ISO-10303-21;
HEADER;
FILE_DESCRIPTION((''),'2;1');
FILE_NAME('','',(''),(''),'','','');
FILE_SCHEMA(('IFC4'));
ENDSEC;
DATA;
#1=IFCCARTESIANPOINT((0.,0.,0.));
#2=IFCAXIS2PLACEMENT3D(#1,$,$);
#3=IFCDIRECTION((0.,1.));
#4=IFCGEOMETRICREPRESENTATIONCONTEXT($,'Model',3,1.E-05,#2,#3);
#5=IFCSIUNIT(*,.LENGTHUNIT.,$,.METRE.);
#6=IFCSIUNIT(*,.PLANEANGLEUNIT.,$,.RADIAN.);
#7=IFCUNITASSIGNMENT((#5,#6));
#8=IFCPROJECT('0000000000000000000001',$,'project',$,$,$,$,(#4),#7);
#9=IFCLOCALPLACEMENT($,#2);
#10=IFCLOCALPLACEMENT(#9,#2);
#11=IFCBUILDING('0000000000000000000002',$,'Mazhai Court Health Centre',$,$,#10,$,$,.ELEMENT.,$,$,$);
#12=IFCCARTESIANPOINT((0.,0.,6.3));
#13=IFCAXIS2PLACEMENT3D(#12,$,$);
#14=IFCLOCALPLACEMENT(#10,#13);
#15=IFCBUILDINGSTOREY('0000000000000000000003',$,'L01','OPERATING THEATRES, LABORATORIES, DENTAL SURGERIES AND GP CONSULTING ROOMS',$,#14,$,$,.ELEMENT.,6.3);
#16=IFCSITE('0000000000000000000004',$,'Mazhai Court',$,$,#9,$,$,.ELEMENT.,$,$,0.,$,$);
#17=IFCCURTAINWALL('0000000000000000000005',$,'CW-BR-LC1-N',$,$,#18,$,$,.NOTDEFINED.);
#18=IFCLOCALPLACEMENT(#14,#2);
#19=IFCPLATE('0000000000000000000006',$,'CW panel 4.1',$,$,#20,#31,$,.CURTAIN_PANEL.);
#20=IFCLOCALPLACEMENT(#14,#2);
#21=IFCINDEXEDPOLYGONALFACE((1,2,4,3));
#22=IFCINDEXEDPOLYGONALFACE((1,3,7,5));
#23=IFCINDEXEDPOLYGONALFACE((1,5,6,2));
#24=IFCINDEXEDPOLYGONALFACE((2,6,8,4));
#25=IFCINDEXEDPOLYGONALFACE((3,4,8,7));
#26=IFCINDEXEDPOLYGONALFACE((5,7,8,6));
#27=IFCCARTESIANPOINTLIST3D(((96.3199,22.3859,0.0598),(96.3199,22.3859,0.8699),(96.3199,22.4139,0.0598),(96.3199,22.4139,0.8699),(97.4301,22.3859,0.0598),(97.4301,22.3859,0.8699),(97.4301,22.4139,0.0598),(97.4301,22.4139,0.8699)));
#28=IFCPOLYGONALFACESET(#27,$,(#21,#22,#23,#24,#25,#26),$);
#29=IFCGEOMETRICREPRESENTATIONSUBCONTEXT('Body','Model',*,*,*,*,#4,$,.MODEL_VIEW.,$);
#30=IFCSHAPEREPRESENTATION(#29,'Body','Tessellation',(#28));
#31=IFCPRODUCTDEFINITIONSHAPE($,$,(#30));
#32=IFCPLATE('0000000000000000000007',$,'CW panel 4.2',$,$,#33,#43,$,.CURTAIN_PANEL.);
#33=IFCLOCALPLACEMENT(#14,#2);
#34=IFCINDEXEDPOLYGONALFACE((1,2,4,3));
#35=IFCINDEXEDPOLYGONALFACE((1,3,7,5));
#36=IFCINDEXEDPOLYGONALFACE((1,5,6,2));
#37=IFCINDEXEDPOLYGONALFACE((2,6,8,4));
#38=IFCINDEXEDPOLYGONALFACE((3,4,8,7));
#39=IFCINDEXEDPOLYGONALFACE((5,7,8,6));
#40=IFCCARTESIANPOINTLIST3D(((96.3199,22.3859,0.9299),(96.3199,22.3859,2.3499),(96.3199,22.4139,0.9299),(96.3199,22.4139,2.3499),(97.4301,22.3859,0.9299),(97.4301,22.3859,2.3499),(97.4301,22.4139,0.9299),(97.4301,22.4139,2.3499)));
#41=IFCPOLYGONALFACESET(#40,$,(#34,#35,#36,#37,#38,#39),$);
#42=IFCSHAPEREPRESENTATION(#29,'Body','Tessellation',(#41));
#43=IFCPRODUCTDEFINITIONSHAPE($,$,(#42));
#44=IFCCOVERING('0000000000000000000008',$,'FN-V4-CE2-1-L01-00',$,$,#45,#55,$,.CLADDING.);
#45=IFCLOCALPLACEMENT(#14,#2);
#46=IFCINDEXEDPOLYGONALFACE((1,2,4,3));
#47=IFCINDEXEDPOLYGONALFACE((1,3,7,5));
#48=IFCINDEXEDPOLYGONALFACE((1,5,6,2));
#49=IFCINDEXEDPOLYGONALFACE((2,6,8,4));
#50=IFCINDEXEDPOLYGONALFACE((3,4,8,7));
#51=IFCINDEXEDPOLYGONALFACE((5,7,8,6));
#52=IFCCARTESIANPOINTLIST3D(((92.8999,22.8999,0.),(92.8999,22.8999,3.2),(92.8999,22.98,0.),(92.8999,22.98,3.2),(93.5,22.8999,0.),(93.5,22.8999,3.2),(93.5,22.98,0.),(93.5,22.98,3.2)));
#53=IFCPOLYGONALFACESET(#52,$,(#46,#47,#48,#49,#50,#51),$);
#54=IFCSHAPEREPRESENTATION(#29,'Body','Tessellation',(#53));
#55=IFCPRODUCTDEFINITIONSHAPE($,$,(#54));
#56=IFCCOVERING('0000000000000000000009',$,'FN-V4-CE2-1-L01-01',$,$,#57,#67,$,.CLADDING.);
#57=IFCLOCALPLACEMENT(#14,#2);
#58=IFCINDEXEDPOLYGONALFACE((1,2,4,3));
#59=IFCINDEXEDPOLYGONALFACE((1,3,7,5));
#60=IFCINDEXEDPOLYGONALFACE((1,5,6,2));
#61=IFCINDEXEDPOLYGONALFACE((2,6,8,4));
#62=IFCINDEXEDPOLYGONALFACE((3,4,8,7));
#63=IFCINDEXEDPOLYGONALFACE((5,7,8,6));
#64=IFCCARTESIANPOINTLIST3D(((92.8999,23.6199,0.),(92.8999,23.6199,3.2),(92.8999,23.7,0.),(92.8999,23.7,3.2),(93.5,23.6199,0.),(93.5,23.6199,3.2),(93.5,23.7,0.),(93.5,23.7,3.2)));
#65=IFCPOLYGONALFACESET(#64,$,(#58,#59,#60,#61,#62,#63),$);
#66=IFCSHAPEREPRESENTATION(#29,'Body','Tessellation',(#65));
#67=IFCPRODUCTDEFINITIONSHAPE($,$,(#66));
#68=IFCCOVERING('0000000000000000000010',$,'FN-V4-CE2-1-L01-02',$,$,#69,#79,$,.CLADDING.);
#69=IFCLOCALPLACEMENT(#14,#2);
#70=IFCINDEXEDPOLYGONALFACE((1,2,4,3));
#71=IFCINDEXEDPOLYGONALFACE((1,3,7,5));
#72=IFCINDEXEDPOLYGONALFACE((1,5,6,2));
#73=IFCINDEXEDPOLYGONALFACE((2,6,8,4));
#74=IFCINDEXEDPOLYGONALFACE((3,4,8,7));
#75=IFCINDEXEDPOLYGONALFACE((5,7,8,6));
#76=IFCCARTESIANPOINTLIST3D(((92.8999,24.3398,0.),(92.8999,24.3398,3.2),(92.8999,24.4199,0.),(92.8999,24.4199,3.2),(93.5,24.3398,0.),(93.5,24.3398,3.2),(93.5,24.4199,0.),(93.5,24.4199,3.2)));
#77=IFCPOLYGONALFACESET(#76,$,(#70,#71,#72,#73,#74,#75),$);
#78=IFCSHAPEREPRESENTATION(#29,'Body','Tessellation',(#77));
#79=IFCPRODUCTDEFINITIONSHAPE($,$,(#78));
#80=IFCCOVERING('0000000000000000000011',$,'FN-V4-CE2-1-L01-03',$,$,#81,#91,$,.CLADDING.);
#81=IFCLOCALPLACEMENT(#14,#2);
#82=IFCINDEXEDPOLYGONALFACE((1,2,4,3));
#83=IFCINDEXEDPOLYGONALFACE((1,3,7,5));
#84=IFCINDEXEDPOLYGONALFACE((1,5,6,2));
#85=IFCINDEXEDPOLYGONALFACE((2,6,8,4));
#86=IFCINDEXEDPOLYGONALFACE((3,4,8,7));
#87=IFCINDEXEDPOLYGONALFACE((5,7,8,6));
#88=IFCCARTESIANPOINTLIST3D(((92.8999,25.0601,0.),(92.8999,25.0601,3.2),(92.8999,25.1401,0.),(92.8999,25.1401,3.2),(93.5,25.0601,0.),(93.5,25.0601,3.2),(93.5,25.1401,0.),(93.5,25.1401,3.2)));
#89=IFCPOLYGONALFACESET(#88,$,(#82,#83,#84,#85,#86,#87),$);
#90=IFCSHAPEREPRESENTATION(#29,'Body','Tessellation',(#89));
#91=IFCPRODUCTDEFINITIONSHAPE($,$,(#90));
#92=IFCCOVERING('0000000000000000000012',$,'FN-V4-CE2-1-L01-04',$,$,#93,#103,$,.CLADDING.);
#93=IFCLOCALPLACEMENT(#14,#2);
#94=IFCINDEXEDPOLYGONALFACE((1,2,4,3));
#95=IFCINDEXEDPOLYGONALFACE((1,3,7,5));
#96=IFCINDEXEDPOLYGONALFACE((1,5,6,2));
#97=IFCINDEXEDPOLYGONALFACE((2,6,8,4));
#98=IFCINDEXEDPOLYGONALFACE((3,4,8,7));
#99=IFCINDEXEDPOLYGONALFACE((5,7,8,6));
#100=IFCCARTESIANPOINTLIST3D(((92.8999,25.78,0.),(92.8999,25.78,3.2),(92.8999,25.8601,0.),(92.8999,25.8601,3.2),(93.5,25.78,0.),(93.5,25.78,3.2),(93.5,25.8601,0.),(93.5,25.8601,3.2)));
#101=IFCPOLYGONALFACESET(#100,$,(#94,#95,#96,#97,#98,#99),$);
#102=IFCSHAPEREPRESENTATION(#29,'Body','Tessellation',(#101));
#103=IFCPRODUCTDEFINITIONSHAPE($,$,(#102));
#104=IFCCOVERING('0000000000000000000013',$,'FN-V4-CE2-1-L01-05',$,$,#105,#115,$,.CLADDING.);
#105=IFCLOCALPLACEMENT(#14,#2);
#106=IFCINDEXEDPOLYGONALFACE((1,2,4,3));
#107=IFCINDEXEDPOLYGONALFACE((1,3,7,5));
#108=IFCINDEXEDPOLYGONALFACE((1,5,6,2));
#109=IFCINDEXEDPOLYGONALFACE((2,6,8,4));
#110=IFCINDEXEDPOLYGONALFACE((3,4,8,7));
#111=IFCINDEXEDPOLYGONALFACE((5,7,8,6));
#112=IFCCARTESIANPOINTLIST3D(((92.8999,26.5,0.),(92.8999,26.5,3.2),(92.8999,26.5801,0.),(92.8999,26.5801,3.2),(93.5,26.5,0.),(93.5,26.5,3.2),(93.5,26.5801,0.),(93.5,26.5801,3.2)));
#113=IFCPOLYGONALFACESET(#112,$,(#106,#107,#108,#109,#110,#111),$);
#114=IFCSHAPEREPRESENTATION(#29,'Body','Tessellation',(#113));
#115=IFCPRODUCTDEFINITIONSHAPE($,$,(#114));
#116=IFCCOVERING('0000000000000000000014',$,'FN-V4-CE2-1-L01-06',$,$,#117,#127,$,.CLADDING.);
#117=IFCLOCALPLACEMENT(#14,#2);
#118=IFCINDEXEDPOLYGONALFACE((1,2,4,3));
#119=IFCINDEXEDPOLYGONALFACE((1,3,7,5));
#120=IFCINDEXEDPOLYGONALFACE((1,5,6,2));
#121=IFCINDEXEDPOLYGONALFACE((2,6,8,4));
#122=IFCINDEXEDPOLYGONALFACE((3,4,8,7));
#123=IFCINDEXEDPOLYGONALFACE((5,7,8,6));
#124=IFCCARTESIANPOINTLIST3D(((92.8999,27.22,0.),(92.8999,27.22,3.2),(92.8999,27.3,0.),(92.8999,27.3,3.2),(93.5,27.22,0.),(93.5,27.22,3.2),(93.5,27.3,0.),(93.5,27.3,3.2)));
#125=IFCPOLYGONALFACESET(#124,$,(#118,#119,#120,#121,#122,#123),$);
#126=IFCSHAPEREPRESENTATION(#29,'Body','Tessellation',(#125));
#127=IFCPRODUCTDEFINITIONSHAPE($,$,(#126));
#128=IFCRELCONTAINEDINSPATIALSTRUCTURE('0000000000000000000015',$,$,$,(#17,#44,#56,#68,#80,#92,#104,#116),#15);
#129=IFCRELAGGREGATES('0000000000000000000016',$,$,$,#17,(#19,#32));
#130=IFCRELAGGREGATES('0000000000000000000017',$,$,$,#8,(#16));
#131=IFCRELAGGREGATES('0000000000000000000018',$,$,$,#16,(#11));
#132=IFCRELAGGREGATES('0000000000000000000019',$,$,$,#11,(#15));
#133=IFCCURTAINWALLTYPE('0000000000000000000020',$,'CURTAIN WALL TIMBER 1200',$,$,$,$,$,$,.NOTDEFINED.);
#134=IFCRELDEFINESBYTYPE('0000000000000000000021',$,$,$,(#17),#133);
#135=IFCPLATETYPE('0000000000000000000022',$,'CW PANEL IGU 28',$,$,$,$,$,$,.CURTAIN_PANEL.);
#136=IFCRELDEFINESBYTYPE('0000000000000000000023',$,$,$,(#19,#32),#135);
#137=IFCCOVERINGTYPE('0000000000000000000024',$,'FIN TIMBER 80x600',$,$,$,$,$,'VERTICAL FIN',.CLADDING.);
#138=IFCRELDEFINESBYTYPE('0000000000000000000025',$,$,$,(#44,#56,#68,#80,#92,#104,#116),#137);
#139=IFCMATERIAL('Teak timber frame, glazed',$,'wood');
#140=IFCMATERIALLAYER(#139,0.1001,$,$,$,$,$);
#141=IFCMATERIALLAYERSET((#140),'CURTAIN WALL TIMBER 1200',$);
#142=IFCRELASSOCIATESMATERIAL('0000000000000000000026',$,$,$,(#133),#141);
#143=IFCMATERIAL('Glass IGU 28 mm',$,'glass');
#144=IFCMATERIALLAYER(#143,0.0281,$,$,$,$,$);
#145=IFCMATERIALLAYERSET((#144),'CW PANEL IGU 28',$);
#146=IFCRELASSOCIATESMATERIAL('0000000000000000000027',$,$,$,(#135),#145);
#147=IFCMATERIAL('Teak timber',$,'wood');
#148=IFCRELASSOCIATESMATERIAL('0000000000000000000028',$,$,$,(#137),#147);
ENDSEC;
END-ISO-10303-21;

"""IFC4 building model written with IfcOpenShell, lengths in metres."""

from ifc_helpers import new_model, si_unit, direction, frame, origin, origin_2d, place, context, subcontext, project, spatial, rectangle, extrude, material, layer, layer_set, type_object, element, aggregate, save


model = new_model("IFC4")

# Units and contexts
model_context = context("Model", 3, precision=1e-05, world=origin(), true_north=direction((0.0, 1.0)))
body_context = subcontext(model_context, "Body", "Model", "MODEL_VIEW")
ifc_project = project(units=[si_unit("LENGTHUNIT", "METRE"), si_unit("PLANEANGLEUNIT", "RADIAN")], contexts=[model_context])

# Site, building, storey
site_placement = place(None, origin())
site = spatial("IfcSite", under=ifc_project, at=site_placement, Name="Mazhai Court", CompositionType="ELEMENT", RefElevation=0.0)
building_placement = place(site_placement, origin())
building = spatial("IfcBuilding", under=site, at=building_placement, Name="Mazhai Court Health Centre", CompositionType="ELEMENT")
storey_placement = place(building_placement, frame((0.0, 0.0, 6.3)))
storey = spatial("IfcBuildingStorey", under=building, at=storey_placement, Name="L01", Description="OPERATING THEATRES, LABORATORIES, DENTAL SURGERIES AND GP CONSULTING ROOMS", CompositionType="ELEMENT", Elevation=6.3)

# Curtain wall
ifc_material_1 = material(Name="Teak timber frame, glazed", Category="wood")
ifc_layer_1 = layer(ifc_material_1, 0.1001)
ifc_layer_set_1 = layer_set([ifc_layer_1], Name="CURTAIN WALL TIMBER 1200")
curtain_wall_type = type_object("IfcCurtainWallType", Name="CURTAIN WALL TIMBER 1200", PredefinedType="NOTDEFINED", material=ifc_layer_set_1)
curtain_wall_1_placement = place(storey_placement, origin())
curtain_wall_1 = element("IfcCurtainWall", 1, at=curtain_wall_1_placement, inside=storey, type_object=curtain_wall_type, Name="CW-BR-LC1-N", PredefinedType="NOTDEFINED")

# Plates
ifc_material_2 = material(Name="Glass IGU 28 mm", Category="glass")
ifc_layer_2 = layer(ifc_material_2, 0.0281)
ifc_layer_set_2 = layer_set([ifc_layer_2], Name="CW PANEL IGU 28")
plate_type = type_object("IfcPlateType", Name="CW PANEL IGU 28", PredefinedType="CURTAIN_PANEL", material=ifc_layer_set_2)
plate_1_placement = place(storey_placement, frame((96.875, 22.3999, 0.0598), z_axis=(0.0, 0.0, 1.0), x_axis=(1.0, 0.0, 0.0)))
plate_1 = element("IfcPlate", 2, at=plate_1_placement, type_object=plate_type, Name="CW panel 4.1", PredefinedType="CURTAIN_PANEL", context=body_context, shape_type="SweptSolid", body=[
    extrude(rectangle(XDim=1.1101, YDim=0.0281, at=origin_2d()), origin(), (0.0, 0.0, 1.0), 0.8101),
])
plate_2_placement = place(storey_placement, frame((96.875, 22.3999, 0.9299), z_axis=(0.0, 0.0, 1.0), x_axis=(1.0, 0.0, 0.0)))
plate_2 = element("IfcPlate", 3, at=plate_2_placement, type_object=plate_type, Name="CW panel 4.2", PredefinedType="CURTAIN_PANEL", context=body_context, shape_type="SweptSolid", body=[
    extrude(rectangle(XDim=1.1101, YDim=0.0281, at=origin_2d()), origin(), (0.0, 0.0, 1.0), 1.4199),
])
aggregate(curtain_wall_1, [plate_1, plate_2])

# Coverings
ifc_material_3 = material(Name="Teak timber", Category="wood")
covering_type = type_object("IfcCoveringType", Name="FIN TIMBER 80x600", ElementType="VERTICAL FIN", PredefinedType="CLADDING", material=ifc_material_3)
for number, where, z_axis, x_axis, name in (
    (4, (93.2, 22.9399, 0.0), (0.0, 0.0, 1.0), (0.0, 1.0, 0.0), "FN-V4-CE2-1-L01-00"),
    (5, (93.2, 23.6599, 0.0), (0.0, 0.0, 1.0), (0.0, 1.0, 0.0), "FN-V4-CE2-1-L01-01"),
    (6, (93.2, 24.3799, 0.0), (0.0, 0.0, 1.0), (0.0, 1.0, 0.0), "FN-V4-CE2-1-L01-02"),
    (7, (93.2, 25.1001, 0.0), (0.0, 0.0, 1.0), (0.0, 1.0, 0.0), "FN-V4-CE2-1-L01-03"),
    (8, (93.2, 25.8201, 0.0), (0.0, 0.0, 1.0), (0.0, 1.0, 0.0), "FN-V4-CE2-1-L01-04"),
    (9, (93.2, 26.54, 0.0), (0.0, 0.0, 1.0), (0.0, 1.0, 0.0), "FN-V4-CE2-1-L01-05"),
    (10, (93.2, 27.26, 0.0), (0.0, 0.0, 1.0), (0.0, 1.0, 0.0), "FN-V4-CE2-1-L01-06"),
):
    element("IfcCovering", number, at=place(storey_placement, frame(where, z_axis=z_axis, x_axis=x_axis)), inside=storey, type_object=covering_type, Name=name, PredefinedType="CLADDING", context=body_context, shape_type="SweptSolid", body=[
        extrude(rectangle(XDim=0.0801, YDim=0.6001, at=origin_2d()), origin(), (0.0, 0.0, 1.0), 3.2),
    ])

save(model, "model.ifc")
